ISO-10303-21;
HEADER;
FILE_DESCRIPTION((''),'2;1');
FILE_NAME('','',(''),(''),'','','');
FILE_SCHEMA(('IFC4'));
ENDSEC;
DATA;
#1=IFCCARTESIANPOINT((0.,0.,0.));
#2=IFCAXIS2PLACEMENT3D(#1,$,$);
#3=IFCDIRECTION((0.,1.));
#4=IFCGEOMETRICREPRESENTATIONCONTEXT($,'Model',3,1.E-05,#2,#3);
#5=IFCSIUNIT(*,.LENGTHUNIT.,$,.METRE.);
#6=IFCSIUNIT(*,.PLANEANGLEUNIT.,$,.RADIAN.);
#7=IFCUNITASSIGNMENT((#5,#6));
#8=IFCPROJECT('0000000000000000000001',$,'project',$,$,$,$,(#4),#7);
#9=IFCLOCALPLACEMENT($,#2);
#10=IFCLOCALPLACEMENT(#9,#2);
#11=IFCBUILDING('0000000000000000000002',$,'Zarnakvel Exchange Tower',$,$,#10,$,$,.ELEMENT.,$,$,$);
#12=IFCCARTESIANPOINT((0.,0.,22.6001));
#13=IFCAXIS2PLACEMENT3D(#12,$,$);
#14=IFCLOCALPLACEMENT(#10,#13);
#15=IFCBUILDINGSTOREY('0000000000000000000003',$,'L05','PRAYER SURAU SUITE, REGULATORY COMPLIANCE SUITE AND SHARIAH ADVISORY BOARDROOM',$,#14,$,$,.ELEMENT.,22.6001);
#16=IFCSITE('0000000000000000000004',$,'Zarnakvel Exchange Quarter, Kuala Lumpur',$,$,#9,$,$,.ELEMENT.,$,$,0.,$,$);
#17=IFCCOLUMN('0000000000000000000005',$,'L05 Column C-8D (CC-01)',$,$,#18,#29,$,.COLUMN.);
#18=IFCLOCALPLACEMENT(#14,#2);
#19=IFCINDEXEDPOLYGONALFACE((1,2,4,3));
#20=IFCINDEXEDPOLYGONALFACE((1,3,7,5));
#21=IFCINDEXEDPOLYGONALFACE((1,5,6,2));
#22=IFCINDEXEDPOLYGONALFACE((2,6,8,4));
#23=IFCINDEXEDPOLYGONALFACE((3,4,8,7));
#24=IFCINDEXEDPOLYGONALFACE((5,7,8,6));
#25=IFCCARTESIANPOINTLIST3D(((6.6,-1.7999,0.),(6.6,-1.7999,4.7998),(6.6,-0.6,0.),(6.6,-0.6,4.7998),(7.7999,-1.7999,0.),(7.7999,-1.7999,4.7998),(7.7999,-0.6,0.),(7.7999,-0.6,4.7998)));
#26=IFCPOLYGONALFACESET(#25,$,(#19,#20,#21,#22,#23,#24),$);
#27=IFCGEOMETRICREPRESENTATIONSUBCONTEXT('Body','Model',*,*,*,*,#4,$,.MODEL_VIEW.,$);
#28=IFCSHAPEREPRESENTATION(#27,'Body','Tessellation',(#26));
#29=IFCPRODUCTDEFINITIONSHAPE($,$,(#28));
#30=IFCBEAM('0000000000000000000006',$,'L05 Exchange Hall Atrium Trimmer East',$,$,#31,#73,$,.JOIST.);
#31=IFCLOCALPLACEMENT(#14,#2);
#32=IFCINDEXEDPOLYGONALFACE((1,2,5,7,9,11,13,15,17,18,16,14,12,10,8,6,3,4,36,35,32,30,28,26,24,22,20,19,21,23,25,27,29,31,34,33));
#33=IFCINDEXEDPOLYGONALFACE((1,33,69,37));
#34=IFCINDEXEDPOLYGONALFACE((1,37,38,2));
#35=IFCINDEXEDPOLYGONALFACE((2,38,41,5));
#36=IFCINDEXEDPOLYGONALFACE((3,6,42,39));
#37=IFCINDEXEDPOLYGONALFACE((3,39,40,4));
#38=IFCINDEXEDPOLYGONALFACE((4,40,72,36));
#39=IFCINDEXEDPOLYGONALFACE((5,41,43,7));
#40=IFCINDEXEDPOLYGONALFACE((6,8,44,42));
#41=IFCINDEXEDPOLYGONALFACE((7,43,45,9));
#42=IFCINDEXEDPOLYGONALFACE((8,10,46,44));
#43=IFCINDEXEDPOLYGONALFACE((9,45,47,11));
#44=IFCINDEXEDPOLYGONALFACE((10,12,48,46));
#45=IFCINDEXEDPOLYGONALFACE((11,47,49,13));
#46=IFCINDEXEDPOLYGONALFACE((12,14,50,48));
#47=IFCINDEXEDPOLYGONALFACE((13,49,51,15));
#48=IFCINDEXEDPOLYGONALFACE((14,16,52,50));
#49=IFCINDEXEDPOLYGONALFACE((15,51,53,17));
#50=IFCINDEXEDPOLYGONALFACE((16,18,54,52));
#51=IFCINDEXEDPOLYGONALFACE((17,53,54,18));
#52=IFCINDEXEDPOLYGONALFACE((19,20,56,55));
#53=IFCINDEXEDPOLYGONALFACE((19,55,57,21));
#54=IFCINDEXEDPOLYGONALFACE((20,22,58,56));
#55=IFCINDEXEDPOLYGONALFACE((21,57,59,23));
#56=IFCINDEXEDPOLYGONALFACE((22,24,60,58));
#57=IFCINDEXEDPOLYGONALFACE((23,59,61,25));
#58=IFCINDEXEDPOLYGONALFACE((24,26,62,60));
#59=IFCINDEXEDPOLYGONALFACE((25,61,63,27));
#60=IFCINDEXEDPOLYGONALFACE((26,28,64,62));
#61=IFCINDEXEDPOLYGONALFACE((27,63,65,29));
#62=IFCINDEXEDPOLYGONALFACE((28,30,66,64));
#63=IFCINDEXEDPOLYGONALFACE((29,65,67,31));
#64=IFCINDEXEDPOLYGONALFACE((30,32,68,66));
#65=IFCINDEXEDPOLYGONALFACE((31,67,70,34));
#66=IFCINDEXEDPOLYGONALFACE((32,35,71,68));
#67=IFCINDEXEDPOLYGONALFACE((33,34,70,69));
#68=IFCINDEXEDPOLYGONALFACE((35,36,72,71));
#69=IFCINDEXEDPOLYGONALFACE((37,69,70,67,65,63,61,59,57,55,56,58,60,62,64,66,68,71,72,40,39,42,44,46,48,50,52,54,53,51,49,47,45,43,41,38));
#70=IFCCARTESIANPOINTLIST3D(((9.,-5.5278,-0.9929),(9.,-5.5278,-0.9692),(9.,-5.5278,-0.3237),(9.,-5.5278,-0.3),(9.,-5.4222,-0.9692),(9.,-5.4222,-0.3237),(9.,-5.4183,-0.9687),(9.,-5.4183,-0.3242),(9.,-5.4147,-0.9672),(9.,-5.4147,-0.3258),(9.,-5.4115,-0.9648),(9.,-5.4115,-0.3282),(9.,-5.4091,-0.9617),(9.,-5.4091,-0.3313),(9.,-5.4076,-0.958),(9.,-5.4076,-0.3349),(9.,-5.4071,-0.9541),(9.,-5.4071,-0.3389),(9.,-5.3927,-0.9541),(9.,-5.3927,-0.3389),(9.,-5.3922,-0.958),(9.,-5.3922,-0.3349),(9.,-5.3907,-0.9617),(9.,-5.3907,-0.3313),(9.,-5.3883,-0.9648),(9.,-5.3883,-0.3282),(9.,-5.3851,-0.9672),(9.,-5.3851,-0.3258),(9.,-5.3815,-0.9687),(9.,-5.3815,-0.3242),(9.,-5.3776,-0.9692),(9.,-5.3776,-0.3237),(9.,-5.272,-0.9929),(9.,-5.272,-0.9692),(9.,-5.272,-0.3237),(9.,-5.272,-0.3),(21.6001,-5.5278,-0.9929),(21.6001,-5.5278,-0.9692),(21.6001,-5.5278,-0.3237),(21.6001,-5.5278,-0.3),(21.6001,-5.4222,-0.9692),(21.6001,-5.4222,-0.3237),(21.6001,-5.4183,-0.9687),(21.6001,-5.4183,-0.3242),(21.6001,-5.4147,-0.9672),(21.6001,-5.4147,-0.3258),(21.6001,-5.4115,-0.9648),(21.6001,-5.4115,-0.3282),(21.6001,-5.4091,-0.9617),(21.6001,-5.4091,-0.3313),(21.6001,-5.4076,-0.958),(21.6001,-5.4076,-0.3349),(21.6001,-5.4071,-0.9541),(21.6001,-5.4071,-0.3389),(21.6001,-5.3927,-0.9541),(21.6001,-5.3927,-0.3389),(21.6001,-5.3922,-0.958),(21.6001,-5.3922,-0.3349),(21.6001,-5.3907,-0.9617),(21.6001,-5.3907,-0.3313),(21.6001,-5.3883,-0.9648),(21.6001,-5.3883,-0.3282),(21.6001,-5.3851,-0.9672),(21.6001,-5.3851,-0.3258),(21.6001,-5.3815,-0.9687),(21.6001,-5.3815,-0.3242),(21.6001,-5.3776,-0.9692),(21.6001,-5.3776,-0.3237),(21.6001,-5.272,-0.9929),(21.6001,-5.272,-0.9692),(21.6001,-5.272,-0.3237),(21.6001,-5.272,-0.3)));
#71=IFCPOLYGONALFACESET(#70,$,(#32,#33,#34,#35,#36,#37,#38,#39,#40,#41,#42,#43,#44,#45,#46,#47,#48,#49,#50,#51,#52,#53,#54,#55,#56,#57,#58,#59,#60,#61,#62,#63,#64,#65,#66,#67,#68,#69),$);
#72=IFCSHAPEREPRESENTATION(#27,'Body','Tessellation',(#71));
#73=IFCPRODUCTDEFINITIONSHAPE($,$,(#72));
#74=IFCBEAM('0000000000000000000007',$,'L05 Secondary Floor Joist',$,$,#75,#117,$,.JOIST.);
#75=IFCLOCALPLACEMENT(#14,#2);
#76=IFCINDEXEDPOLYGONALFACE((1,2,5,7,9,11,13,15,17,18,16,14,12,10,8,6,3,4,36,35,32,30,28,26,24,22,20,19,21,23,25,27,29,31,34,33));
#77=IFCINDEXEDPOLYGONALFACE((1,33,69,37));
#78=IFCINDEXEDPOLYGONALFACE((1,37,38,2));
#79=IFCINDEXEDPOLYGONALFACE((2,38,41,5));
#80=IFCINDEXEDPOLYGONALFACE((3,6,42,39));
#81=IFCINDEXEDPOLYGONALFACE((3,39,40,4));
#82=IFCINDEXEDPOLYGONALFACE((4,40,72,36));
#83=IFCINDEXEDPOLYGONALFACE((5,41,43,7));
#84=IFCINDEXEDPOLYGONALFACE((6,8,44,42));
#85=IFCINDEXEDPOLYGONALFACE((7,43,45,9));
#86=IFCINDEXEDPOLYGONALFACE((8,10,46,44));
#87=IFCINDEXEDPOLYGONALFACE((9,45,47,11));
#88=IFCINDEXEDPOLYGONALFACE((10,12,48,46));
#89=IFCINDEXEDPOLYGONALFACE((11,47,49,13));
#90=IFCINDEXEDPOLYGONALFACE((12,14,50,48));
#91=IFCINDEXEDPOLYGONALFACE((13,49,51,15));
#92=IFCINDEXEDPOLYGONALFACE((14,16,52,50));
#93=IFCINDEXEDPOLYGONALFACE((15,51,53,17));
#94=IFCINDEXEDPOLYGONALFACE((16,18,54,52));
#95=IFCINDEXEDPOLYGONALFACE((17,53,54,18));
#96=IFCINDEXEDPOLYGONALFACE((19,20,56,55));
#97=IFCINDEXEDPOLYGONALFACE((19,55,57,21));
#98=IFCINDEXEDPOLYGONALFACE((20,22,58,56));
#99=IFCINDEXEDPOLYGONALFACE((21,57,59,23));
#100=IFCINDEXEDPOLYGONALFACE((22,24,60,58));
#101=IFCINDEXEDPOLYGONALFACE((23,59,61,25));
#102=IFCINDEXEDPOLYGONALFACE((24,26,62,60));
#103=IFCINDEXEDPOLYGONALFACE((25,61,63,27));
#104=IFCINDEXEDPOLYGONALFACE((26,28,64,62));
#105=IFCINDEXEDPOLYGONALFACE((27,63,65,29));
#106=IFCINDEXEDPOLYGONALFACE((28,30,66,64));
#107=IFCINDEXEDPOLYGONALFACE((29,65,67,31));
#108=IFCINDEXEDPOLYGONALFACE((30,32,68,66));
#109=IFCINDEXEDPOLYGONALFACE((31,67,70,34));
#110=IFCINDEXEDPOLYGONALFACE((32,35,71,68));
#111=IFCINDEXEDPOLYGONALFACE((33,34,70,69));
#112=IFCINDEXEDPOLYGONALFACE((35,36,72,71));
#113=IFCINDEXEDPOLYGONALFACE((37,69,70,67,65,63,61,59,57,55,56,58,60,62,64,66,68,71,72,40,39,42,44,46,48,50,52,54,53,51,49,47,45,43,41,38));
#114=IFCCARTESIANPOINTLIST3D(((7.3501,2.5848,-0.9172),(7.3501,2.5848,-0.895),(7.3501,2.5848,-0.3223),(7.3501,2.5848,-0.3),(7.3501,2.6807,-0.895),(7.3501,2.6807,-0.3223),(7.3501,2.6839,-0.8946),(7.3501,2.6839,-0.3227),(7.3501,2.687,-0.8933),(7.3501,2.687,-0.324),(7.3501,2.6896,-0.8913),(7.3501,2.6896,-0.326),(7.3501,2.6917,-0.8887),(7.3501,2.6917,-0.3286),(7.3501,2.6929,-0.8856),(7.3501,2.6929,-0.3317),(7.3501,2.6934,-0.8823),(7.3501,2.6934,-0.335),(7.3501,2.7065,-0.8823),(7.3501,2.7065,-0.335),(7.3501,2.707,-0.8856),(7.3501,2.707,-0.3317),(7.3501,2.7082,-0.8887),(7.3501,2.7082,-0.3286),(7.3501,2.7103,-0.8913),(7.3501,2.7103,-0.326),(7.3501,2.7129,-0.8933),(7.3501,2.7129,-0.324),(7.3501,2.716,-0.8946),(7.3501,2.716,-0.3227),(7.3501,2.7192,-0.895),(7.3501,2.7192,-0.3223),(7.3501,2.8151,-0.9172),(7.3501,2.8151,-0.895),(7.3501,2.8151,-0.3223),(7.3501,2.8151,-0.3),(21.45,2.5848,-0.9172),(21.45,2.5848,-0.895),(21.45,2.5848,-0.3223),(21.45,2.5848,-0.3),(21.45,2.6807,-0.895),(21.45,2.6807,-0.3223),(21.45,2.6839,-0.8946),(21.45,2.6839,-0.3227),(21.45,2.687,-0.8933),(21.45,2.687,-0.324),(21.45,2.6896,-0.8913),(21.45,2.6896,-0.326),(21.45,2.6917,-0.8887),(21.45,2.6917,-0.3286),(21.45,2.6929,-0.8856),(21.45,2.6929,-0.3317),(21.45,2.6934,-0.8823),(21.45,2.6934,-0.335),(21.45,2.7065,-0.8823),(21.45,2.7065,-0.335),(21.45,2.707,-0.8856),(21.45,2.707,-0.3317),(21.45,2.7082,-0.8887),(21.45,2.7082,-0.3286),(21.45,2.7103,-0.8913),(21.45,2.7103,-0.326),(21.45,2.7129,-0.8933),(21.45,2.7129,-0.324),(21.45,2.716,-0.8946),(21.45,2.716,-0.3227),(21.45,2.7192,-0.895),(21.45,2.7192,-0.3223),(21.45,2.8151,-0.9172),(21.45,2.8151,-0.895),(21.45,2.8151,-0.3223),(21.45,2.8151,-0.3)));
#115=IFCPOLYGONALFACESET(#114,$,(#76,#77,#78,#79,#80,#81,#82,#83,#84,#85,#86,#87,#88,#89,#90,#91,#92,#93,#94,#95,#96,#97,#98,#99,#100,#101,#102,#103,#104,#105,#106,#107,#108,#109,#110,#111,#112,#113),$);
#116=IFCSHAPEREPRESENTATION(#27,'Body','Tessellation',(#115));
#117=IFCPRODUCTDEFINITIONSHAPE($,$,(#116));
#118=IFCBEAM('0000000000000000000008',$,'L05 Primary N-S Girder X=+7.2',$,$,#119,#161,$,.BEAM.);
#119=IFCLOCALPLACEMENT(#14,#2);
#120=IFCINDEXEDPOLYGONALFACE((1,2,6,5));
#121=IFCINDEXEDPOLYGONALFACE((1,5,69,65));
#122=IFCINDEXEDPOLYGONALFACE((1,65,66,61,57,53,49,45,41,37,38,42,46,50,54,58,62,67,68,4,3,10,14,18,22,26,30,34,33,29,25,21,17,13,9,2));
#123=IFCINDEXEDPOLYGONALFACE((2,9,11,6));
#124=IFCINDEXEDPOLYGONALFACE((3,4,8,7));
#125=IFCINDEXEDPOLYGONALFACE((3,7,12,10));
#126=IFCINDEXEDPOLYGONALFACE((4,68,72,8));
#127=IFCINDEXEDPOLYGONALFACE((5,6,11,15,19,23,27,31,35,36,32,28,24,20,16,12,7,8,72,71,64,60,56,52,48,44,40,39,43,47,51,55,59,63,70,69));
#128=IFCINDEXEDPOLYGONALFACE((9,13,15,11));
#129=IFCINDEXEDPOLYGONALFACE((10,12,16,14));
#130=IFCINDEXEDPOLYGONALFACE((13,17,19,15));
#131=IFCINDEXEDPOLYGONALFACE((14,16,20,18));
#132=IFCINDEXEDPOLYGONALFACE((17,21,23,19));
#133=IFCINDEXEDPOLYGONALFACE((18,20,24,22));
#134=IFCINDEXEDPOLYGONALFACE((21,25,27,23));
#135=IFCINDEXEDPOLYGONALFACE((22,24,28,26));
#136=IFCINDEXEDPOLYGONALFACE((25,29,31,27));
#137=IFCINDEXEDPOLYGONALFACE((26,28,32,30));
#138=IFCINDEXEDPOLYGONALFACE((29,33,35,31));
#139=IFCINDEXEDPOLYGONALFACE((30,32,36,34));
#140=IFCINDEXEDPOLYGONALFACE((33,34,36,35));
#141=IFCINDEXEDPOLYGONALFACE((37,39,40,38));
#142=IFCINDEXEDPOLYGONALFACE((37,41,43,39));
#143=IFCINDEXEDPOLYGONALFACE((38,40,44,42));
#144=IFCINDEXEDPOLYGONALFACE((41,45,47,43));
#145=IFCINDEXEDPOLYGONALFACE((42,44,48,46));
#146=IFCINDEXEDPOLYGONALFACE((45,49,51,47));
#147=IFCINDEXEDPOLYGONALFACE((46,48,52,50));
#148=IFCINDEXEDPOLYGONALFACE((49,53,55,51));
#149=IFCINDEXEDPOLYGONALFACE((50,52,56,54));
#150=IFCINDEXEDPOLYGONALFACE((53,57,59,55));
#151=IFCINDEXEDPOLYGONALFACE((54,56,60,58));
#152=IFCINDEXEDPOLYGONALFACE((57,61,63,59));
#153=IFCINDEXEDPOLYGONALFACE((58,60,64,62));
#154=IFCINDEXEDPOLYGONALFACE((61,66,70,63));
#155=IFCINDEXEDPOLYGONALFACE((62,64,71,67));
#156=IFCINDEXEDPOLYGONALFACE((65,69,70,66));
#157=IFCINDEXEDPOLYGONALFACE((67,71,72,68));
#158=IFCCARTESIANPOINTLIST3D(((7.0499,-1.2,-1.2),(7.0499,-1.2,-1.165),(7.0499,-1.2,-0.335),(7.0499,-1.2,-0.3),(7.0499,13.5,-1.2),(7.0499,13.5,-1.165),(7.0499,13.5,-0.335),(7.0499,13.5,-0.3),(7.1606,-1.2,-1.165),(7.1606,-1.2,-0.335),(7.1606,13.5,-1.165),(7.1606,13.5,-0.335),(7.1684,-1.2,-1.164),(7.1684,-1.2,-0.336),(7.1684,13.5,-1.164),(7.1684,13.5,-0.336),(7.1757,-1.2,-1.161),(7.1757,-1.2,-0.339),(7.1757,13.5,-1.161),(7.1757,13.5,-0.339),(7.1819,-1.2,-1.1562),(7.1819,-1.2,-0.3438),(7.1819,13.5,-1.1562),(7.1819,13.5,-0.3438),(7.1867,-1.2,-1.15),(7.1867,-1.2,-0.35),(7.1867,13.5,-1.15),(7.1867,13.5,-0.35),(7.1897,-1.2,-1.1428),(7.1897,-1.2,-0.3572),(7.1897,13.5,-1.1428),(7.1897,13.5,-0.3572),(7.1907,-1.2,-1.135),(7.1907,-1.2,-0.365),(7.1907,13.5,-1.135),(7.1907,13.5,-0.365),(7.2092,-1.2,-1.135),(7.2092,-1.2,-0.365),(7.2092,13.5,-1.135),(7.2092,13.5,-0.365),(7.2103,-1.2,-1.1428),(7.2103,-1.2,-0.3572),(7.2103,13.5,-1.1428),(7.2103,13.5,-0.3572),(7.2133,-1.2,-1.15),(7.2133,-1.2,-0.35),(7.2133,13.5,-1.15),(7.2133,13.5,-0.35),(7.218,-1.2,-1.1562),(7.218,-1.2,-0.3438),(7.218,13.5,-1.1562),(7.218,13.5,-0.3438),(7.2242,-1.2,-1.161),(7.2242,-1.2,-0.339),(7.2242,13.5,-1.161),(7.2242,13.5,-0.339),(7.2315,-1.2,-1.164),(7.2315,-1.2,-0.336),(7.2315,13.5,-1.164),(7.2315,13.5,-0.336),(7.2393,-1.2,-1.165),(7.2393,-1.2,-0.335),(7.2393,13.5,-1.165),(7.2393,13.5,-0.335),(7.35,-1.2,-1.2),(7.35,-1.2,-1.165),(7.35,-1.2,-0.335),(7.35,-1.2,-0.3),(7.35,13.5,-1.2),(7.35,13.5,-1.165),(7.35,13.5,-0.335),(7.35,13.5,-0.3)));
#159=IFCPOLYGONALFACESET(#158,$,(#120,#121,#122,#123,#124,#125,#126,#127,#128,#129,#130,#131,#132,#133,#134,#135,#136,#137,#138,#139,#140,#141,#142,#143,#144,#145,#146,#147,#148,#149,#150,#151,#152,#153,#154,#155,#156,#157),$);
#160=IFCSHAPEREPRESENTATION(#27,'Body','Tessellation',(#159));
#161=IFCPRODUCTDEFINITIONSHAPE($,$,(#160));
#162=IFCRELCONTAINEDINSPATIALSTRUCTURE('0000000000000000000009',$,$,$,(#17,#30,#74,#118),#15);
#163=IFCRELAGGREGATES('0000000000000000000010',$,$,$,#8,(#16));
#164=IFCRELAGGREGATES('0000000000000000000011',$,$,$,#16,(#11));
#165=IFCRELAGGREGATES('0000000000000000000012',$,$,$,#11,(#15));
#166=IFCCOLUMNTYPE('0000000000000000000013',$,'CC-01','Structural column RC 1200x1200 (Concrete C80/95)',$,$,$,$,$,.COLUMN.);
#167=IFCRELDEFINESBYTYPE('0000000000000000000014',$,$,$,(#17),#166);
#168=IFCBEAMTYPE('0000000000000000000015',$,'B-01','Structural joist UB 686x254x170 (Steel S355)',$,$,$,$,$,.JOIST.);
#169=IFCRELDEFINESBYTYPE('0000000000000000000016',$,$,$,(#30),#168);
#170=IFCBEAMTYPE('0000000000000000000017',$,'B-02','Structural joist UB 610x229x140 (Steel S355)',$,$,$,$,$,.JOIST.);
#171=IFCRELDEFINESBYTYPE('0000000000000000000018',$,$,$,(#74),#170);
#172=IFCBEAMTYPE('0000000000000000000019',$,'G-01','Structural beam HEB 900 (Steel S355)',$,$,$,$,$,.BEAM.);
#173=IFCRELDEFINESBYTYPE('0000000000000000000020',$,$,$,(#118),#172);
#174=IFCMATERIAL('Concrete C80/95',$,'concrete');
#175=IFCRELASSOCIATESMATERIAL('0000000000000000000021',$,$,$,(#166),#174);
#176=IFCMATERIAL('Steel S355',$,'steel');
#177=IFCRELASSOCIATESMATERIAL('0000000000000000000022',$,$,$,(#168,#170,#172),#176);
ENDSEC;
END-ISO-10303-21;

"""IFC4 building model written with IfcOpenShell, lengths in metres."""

from ifc_helpers import new_model, si_unit, direction, frame, origin, origin_2d, place, context, subcontext, project, spatial, rectangle, i_section, extrude, material, material_profile, profile_set, type_object, element, save


model = new_model("IFC4")

# Units and contexts
model_context = context("Model", 3, precision=1e-05, world=origin(), true_north=direction((0.0, 1.0)))
body_context = subcontext(model_context, "Body", "Model", "MODEL_VIEW")
ifc_project = project(units=[si_unit("LENGTHUNIT", "METRE"), si_unit("PLANEANGLEUNIT", "RADIAN")], contexts=[model_context])

# Site, building, storey
site_placement = place(None, origin())
site = spatial("IfcSite", under=ifc_project, at=site_placement, Name="Zarnakvel Exchange Quarter, Kuala Lumpur", CompositionType="ELEMENT", RefElevation=0.0)
building_placement = place(site_placement, origin())
building = spatial("IfcBuilding", under=site, at=building_placement, Name="Zarnakvel Exchange Tower", CompositionType="ELEMENT")
storey_placement = place(building_placement, frame((0.0, 0.0, 22.6001)))
storey = spatial("IfcBuildingStorey", under=building, at=storey_placement, Name="L05", Description="PRAYER SURAU SUITE, REGULATORY COMPLIANCE SUITE AND SHARIAH ADVISORY BOARDROOM", CompositionType="ELEMENT", Elevation=22.6001)

# Column
ifc_material_1 = material(Name="Concrete C80/95", Category="concrete")
ifc_material_profile_1 = material_profile(ifc_material_1, rectangle(XDim=1.2, YDim=1.2, at=origin_2d()))
ifc_profile_set_1 = profile_set([ifc_material_profile_1], Name="Concrete C80/95")
column_type = type_object("IfcColumnType", Name="CC-01", Description="Structural column RC 1200x1200 (Concrete C80/95)", PredefinedType="COLUMN", material=ifc_profile_set_1)
column_placement = place(storey_placement, frame((7.2, -1.2, 0.0), z_axis=(0.0, 0.0, 1.0), x_axis=(1.0, 0.0, 0.0)))
element("IfcColumn", 1, at=column_placement, inside=storey, type_object=column_type, Name="L05 Column C-8D (CC-01)", PredefinedType="COLUMN", context=body_context, shape_type="SweptSolid", body=[
    extrude(rectangle(XDim=1.2, YDim=1.2, at=origin_2d()), origin(), (0.0, 0.0, 1.0), 4.7998),
])

# Beams
ifc_material_2 = material(Name="Steel S355", Category="steel")
ifc_material_profile_2 = material_profile(ifc_material_2, i_section(OverallWidth=0.2559, OverallDepth=0.6929, WebThickness=0.0144, FlangeThickness=0.0237, FilletRadius=0.0151, at=origin_2d()))
ifc_profile_set_2 = profile_set([ifc_material_profile_2], Name="Steel S355")
beam_type_1 = type_object("IfcBeamType", Name="B-01", Description="Structural joist UB 686x254x170 (Steel S355)", PredefinedType="JOIST", material=ifc_profile_set_2)
beam_1_placement = place(storey_placement, frame((9.0, -5.3999, -0.6465), z_axis=(1.0, 0.0, 0.0), x_axis=(0.0, 1.0, 0.0)))
element("IfcBeam", 2, at=beam_1_placement, inside=storey, type_object=beam_type_1, Name="L05 Exchange Hall Atrium Trimmer East", PredefinedType="JOIST", context=body_context, shape_type="SweptSolid", body=[
    extrude(i_section(OverallWidth=0.2559, OverallDepth=0.6929, WebThickness=0.0144, FlangeThickness=0.0237, FilletRadius=0.0151, at=origin_2d()), origin(), (0.0, 0.0, 1.0), 12.6001),
])
ifc_material_profile_3 = material_profile(ifc_material_2, i_section(OverallWidth=0.2302, OverallDepth=0.6172, WebThickness=0.0132, FlangeThickness=0.0222, FilletRadius=0.0127, at=origin_2d()))
ifc_profile_set_3 = profile_set([ifc_material_profile_3], Name="Steel S355")
beam_type_2 = type_object("IfcBeamType", Name="B-02", Description="Structural joist UB 610x229x140 (Steel S355)", PredefinedType="JOIST", material=ifc_profile_set_3)
beam_2_placement = place(storey_placement, frame((7.3501, 2.7, -0.6086), z_axis=(1.0, 0.0, 0.0), x_axis=(0.0, 1.0, 0.0)))
element("IfcBeam", 3, at=beam_2_placement, inside=storey, type_object=beam_type_2, Name="L05 Secondary Floor Joist", PredefinedType="JOIST", context=body_context, shape_type="SweptSolid", body=[
    extrude(i_section(OverallWidth=0.2302, OverallDepth=0.6172, WebThickness=0.0132, FlangeThickness=0.0222, FilletRadius=0.0127, at=origin_2d()), origin(), (0.0, 0.0, 1.0), 14.0999),
])
ifc_material_profile_4 = material_profile(ifc_material_2, i_section(OverallWidth=0.3, OverallDepth=0.8999, WebThickness=0.0186, FlangeThickness=0.0349, FilletRadius=0.03, at=origin_2d()))
ifc_profile_set_4 = profile_set([ifc_material_profile_4], Name="Steel S355")
beam_type_3 = type_object("IfcBeamType", Name="G-01", Description="Structural beam HEB 900 (Steel S355)", PredefinedType="BEAM", material=ifc_profile_set_4)
beam_3_placement = place(storey_placement, frame((7.2, -1.2, -0.75), z_axis=(0.0, 1.0, 0.0), x_axis=(-1.0, 0.0, 0.0)))
element("IfcBeam", 4, at=beam_3_placement, inside=storey, type_object=beam_type_3, Name="L05 Primary N-S Girder X=+7.2", PredefinedType="BEAM", context=body_context, shape_type="SweptSolid", body=[
    extrude(i_section(OverallWidth=0.3, OverallDepth=0.8999, WebThickness=0.0186, FlangeThickness=0.0349, FilletRadius=0.03, at=origin_2d()), origin(), (0.0, 0.0, 1.0), 14.7),
])

save(model, "model.ifc")
